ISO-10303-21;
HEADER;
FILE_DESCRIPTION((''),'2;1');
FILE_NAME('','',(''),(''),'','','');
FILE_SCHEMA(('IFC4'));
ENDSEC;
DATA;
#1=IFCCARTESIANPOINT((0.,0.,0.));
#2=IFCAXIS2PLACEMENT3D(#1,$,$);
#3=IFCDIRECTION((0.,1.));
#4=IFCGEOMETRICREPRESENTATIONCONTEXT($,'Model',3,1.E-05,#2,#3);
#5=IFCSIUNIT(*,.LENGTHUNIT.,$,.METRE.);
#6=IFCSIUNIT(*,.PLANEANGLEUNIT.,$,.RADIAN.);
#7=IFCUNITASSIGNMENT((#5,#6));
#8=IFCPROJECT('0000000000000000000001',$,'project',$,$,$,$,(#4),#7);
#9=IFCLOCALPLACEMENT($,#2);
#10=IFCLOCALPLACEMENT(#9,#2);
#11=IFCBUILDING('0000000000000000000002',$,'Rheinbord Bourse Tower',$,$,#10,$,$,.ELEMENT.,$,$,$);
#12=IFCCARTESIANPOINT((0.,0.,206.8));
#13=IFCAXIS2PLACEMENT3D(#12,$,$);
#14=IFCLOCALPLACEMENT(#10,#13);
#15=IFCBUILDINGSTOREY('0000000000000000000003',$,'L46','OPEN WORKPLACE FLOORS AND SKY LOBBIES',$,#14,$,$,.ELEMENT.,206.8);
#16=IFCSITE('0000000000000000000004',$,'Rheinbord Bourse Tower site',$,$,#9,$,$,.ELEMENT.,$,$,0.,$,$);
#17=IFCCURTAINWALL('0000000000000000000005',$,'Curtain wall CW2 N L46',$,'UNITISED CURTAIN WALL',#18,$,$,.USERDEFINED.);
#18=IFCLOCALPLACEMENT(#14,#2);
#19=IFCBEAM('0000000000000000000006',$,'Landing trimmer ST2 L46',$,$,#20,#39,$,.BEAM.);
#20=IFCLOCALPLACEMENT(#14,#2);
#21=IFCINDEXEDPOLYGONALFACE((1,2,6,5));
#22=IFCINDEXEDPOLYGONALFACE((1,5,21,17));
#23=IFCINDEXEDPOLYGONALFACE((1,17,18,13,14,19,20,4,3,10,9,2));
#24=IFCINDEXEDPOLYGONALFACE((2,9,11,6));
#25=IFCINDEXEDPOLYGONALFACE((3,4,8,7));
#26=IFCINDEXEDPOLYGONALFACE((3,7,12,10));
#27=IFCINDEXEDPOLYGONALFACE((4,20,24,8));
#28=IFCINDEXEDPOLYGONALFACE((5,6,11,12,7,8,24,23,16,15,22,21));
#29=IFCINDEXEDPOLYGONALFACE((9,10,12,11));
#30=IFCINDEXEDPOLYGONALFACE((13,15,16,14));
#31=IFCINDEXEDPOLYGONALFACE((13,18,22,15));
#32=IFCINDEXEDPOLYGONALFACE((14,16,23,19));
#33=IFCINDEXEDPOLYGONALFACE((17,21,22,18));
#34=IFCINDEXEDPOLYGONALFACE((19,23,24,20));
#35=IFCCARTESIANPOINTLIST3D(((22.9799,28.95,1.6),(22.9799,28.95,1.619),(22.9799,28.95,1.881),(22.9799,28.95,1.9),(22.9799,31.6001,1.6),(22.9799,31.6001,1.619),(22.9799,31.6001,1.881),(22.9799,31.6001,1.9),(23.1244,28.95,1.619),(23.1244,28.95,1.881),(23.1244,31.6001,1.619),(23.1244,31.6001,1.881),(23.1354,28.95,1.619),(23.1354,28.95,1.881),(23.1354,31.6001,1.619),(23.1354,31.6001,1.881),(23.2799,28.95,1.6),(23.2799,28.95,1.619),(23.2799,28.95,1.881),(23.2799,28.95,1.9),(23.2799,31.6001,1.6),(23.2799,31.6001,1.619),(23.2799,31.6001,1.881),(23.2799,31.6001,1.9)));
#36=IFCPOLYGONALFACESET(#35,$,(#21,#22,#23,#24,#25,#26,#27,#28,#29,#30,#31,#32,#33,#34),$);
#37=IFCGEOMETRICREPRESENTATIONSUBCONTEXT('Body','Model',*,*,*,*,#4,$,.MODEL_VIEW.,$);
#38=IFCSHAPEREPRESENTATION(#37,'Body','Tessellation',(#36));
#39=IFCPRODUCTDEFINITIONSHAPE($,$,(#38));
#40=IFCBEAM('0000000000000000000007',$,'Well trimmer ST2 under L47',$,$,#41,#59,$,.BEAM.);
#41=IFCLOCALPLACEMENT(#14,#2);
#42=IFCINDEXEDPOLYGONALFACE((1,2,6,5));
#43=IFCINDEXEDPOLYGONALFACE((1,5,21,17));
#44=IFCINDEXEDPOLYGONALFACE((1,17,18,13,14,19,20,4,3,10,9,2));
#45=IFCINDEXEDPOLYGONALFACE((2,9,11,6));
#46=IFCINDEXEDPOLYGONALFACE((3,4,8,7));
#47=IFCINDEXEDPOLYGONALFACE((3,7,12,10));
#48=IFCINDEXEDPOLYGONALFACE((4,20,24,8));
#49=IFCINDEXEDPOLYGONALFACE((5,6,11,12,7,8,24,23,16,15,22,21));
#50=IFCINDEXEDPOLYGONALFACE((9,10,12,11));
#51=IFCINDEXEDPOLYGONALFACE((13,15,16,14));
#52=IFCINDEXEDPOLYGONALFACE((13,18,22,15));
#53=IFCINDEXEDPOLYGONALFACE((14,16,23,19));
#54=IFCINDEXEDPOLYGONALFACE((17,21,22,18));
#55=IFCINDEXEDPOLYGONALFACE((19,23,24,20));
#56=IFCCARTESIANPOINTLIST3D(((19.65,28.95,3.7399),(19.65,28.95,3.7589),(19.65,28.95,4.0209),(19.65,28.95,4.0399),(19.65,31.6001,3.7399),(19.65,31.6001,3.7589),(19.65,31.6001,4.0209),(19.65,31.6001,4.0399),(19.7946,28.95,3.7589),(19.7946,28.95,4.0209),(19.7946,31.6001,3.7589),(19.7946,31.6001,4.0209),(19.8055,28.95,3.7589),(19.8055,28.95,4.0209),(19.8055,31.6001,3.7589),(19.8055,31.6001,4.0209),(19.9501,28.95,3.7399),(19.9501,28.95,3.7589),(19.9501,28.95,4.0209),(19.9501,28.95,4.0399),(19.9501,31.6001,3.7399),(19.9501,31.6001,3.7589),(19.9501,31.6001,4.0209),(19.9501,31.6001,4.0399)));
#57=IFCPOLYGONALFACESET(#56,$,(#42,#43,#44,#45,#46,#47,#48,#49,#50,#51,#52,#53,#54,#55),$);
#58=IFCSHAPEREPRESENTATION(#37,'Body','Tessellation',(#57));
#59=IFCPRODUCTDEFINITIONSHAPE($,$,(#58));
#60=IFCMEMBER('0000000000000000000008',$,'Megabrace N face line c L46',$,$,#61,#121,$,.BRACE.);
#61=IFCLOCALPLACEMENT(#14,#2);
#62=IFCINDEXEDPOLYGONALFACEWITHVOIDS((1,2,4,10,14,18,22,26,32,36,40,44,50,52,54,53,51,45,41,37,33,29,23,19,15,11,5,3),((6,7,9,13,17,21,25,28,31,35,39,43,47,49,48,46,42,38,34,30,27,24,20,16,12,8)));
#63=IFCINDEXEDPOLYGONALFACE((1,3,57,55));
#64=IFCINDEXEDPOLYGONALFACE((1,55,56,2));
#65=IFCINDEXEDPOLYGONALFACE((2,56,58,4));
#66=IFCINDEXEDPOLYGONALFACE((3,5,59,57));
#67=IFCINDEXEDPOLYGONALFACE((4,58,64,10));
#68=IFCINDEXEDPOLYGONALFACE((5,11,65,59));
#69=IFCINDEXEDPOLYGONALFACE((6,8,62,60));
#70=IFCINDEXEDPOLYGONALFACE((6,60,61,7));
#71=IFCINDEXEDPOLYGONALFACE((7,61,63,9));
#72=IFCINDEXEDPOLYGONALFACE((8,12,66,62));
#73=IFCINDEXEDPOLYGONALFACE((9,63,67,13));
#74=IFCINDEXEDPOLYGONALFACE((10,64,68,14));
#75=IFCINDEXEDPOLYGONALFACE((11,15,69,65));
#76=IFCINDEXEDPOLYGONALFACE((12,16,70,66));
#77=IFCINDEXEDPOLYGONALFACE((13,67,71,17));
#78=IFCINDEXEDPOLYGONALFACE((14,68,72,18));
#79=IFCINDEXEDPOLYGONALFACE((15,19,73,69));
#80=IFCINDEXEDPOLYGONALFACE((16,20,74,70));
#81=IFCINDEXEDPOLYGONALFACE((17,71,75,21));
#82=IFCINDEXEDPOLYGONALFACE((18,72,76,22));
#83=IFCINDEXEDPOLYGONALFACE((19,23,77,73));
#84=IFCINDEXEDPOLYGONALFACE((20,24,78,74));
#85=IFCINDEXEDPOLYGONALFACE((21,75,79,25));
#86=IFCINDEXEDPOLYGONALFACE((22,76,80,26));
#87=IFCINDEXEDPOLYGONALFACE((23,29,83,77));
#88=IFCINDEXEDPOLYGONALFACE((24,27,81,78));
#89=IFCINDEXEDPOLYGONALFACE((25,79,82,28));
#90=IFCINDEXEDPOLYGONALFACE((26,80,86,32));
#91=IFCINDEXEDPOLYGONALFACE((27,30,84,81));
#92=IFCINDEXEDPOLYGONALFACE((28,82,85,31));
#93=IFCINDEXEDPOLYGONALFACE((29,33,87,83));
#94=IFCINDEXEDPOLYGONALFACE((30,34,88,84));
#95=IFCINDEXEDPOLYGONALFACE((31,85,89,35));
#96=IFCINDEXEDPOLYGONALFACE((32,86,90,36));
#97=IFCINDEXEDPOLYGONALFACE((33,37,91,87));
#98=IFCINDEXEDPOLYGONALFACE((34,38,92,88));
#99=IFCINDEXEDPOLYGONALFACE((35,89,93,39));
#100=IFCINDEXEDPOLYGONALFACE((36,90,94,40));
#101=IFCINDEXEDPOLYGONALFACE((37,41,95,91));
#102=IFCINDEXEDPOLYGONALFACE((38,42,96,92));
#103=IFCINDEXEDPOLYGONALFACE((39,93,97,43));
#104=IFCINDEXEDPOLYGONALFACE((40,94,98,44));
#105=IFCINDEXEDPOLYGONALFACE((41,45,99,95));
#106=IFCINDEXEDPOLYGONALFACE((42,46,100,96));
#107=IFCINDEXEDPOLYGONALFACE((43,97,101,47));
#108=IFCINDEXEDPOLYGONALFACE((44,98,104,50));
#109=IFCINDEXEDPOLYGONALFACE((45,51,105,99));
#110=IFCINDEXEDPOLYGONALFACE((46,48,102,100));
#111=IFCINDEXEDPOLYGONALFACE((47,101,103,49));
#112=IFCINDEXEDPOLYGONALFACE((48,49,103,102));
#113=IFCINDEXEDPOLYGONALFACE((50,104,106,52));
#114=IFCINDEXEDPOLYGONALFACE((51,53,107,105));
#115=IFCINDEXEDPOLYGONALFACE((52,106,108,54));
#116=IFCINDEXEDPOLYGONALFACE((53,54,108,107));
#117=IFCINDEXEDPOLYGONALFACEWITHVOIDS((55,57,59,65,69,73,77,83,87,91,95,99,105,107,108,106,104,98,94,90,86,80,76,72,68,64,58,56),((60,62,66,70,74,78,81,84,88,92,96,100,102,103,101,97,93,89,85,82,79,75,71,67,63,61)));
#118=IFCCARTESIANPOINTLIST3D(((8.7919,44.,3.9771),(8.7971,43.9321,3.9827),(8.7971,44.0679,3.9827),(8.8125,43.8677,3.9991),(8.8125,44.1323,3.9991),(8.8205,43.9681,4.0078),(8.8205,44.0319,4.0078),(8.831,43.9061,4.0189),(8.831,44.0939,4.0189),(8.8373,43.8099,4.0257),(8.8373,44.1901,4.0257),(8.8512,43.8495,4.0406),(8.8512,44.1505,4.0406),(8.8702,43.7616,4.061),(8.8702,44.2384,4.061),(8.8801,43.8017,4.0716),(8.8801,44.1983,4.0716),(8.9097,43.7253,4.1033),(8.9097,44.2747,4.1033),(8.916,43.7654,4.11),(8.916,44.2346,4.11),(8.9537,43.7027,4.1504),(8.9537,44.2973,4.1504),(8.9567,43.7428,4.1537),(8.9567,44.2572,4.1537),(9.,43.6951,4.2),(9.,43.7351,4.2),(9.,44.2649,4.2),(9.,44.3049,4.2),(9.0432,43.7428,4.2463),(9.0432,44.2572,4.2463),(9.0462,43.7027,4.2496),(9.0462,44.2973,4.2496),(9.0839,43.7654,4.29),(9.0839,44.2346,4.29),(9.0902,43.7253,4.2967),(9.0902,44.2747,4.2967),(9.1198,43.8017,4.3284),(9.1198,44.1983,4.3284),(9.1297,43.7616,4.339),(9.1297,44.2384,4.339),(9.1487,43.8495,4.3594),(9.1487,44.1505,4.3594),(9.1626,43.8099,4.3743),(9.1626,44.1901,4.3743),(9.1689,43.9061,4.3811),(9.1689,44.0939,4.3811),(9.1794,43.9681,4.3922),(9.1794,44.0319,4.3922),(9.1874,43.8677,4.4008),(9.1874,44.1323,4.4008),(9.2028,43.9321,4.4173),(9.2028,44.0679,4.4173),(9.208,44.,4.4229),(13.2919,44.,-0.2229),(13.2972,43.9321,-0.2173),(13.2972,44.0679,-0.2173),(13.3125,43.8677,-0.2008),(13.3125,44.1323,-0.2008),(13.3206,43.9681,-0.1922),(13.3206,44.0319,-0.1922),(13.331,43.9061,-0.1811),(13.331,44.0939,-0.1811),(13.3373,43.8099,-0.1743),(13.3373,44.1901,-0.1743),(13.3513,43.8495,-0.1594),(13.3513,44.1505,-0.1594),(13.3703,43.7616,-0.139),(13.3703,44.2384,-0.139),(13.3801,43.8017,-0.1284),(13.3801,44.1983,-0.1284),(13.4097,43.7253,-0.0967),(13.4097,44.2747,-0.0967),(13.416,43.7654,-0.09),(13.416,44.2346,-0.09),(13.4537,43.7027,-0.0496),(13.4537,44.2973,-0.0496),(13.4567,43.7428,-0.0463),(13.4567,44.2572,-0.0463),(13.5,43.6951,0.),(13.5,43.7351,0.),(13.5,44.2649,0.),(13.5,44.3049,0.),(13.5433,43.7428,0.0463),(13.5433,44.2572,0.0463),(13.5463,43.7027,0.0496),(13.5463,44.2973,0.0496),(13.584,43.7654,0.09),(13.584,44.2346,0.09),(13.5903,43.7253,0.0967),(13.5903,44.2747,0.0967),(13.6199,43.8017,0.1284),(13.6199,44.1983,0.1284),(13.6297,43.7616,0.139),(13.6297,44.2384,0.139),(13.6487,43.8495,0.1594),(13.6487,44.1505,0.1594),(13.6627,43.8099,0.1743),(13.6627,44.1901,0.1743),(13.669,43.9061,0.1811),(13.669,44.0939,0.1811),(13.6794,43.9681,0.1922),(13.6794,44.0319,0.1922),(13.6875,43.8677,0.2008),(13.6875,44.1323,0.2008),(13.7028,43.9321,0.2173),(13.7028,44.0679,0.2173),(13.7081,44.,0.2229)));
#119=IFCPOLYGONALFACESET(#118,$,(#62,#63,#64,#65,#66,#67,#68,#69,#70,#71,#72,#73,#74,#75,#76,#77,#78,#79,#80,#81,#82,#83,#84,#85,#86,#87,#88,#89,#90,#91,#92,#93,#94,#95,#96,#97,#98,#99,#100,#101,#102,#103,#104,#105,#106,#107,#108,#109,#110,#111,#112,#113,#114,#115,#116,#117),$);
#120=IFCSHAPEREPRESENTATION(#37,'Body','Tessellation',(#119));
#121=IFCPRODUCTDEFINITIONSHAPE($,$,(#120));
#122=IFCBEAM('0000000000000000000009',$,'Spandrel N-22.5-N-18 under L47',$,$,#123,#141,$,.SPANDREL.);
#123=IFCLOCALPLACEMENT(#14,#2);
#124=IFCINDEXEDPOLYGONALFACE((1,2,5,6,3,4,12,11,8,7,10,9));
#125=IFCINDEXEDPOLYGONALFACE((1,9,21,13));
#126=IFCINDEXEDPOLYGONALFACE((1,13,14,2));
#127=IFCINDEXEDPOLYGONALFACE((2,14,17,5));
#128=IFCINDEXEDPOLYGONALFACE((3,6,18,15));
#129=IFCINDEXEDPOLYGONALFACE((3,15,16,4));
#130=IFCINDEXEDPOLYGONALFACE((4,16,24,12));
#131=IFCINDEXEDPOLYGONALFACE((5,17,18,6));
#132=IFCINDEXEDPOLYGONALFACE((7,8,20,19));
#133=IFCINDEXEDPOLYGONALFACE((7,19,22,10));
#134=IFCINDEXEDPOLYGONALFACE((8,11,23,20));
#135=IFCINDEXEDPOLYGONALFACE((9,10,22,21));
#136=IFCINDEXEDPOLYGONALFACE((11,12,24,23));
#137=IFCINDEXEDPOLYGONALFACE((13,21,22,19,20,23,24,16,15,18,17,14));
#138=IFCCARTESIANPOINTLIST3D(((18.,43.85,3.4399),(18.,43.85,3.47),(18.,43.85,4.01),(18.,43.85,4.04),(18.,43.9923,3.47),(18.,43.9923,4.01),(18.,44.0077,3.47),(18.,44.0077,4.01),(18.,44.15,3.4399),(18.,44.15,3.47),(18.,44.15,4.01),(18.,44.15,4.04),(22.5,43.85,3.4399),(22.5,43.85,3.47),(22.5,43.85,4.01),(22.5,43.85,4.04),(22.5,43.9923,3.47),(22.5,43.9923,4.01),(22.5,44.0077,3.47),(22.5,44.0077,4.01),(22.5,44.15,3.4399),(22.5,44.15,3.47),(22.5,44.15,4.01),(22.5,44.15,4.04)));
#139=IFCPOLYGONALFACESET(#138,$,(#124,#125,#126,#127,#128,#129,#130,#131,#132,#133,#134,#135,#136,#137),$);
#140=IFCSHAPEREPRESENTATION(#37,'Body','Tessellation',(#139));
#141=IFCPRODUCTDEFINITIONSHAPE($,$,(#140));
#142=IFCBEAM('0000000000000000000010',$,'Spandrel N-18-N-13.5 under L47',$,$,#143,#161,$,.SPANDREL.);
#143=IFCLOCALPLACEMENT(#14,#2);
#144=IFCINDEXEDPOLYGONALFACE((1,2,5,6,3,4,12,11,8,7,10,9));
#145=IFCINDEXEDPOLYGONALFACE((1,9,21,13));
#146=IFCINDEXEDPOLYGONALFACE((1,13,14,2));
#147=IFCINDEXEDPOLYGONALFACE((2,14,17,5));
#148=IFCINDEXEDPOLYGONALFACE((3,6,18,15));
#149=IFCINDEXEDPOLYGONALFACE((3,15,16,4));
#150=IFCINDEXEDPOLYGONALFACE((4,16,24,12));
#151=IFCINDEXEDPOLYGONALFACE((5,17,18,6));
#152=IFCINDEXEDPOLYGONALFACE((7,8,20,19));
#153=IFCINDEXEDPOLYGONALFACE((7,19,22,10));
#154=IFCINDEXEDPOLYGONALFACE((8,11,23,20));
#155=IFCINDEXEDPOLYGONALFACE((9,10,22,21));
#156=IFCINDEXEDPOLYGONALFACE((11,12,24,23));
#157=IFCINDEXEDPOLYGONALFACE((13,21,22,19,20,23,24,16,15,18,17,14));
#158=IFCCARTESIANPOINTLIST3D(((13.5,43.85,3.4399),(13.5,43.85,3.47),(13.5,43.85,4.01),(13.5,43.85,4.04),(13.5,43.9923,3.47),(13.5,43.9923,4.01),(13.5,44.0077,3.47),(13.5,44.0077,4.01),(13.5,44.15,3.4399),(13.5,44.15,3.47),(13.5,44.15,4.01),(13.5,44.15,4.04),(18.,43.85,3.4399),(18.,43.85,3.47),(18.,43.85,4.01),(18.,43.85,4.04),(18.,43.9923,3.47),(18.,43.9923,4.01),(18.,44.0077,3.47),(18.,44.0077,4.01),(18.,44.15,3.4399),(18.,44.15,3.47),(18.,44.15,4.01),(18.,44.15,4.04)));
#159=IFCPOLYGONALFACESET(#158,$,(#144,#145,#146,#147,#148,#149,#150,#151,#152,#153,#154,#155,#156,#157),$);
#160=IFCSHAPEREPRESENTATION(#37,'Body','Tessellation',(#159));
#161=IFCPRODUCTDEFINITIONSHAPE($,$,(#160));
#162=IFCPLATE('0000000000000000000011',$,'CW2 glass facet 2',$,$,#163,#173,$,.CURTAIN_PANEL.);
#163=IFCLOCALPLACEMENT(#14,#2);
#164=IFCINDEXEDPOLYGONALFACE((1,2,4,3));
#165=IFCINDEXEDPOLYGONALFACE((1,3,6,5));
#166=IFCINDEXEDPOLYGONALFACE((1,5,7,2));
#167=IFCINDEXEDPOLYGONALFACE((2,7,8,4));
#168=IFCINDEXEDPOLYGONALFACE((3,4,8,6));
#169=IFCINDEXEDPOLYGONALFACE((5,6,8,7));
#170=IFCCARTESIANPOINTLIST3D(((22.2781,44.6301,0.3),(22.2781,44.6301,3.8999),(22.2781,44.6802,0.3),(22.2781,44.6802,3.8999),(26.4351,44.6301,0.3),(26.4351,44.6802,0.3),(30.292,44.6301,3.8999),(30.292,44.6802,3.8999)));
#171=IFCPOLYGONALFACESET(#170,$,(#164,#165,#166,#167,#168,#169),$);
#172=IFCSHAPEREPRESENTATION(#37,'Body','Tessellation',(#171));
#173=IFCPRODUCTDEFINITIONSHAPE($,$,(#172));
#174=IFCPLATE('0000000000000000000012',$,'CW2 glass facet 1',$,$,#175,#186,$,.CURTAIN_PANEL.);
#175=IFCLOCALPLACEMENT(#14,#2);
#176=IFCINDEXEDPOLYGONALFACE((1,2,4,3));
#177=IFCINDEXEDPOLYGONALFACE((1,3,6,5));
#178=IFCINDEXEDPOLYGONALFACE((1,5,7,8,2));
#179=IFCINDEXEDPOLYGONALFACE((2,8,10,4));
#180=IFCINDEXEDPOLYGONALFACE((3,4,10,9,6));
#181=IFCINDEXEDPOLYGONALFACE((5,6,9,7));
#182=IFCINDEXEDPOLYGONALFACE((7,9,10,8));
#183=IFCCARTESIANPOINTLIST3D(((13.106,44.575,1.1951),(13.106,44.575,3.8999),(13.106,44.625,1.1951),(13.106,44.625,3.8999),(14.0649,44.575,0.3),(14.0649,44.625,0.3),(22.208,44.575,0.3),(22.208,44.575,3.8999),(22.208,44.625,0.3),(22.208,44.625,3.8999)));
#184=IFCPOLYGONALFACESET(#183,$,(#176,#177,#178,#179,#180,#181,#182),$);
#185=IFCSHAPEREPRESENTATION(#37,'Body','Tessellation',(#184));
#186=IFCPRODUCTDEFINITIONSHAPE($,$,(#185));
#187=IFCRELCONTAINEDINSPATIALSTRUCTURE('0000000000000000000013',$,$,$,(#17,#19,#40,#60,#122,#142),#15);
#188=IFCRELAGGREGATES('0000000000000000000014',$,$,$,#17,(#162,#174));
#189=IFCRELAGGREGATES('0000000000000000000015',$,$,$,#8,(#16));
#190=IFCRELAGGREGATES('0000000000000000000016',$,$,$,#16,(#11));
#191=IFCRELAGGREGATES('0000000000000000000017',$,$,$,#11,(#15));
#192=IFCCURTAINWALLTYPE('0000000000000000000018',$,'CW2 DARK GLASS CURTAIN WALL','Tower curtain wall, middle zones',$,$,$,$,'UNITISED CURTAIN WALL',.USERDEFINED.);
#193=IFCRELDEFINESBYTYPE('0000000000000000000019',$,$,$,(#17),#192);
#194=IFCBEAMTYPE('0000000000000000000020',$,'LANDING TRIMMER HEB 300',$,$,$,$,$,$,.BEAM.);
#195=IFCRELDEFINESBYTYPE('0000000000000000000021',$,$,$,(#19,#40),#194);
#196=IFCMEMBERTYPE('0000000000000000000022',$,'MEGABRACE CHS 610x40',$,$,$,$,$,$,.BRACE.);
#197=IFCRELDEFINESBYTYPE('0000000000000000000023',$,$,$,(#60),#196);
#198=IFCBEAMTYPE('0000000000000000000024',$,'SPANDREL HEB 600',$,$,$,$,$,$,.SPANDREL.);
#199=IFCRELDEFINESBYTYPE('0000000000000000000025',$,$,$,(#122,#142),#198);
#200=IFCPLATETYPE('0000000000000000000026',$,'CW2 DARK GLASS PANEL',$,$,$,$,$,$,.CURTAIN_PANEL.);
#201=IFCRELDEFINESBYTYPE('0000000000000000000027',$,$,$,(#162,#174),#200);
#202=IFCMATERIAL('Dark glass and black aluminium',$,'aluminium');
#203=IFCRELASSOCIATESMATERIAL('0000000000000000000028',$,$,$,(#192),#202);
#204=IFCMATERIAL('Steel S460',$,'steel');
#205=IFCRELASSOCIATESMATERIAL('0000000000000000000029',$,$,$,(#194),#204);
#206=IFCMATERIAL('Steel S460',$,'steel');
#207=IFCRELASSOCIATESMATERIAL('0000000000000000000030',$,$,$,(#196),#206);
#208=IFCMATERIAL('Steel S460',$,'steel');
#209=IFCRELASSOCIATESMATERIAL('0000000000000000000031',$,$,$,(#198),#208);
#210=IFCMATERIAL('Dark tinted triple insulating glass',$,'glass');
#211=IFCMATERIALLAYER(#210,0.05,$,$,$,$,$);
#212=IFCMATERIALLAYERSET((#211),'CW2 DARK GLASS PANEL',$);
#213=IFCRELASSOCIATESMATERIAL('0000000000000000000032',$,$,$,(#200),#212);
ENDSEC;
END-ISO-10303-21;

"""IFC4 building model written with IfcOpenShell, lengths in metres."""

from ifc_helpers import new_model, si_unit, direction, frame, origin, origin_2d, place, context, subcontext, project, spatial, polyline, hollow_circle, i_section, outline, extrude, material, layer, layer_set, material_profile, profile_set, type_object, element, aggregate, save


model = new_model("IFC4")

# Units and contexts
model_context = context("Model", 3, precision=1e-05, world=origin(), true_north=direction((0.0, 1.0)))
body_context = subcontext(model_context, "Body", "Model", "MODEL_VIEW")
ifc_project = project(units=[si_unit("LENGTHUNIT", "METRE"), si_unit("PLANEANGLEUNIT", "RADIAN")], contexts=[model_context])

# Site, building, storey
site_placement = place(None, origin())
site = spatial("IfcSite", under=ifc_project, at=site_placement, Name="Rheinbord Bourse Tower site", CompositionType="ELEMENT", RefElevation=0.0)
building_placement = place(site_placement, origin())
building = spatial("IfcBuilding", under=site, at=building_placement, Name="Rheinbord Bourse Tower", CompositionType="ELEMENT")
storey_placement = place(building_placement, frame((0.0, 0.0, 206.8)))
storey = spatial("IfcBuildingStorey", under=building, at=storey_placement, Name="L46", Description="OPEN WORKPLACE FLOORS AND SKY LOBBIES", CompositionType="ELEMENT", Elevation=206.8)

# Curtain wall
ifc_material_1 = material(Name="Dark glass and black aluminium", Category="aluminium")
curtain_wall_type = type_object("IfcCurtainWallType", Name="CW2 DARK GLASS CURTAIN WALL", Description="Tower curtain wall, middle zones", ElementType="UNITISED CURTAIN WALL", PredefinedType="USERDEFINED", material=ifc_material_1)
curtain_wall_placement = place(storey_placement, origin())
curtain_wall = element("IfcCurtainWall", 1, at=curtain_wall_placement, inside=storey, type_object=curtain_wall_type, Name="Curtain wall CW2 N L46", ObjectType="UNITISED CURTAIN WALL", PredefinedType="USERDEFINED")

# Beams
ifc_material_2 = material(Name="Steel S460", Category="steel")
ifc_material_profile_1 = material_profile(ifc_material_2, i_section(OverallWidth=0.3, OverallDepth=0.3, WebThickness=0.011, FlangeThickness=0.019, at=origin_2d()), Name="HEB 300")
ifc_profile_set_1 = profile_set([ifc_material_profile_1], Name="Steel S460")
beam_type_1 = type_object("IfcBeamType", Name="LANDING TRIMMER HEB 300", PredefinedType="BEAM", material=ifc_profile_set_1)
for number, where, z_axis, x_axis, name in (
    (2, (23.1299, 28.95, 1.75), (0.0, 1.0, 0.0), (-1.0, 0.0, 0.0), "Landing trimmer ST2 L46"),
    (3, (19.8, 28.95, 3.8899), (0.0, 1.0, 0.0), (-1.0, 0.0, 0.0), "Well trimmer ST2 under L47"),
):
    element("IfcBeam", number, at=place(storey_placement, frame(where, z_axis=z_axis, x_axis=x_axis)), inside=storey, type_object=beam_type_1, Name=name, PredefinedType="BEAM", context=body_context, shape_type="SweptSolid", body=[
        extrude(i_section(OverallWidth=0.3, OverallDepth=0.3, WebThickness=0.011, FlangeThickness=0.019, at=origin_2d()), origin(), (0.0, 0.0, 1.0), 2.6501),
    ])

# Member
ifc_material_3 = material(Name="Steel S460", Category="steel")
ifc_material_profile_2 = material_profile(ifc_material_3, hollow_circle(Radius=0.3049, WallThickness=0.04, at=origin_2d()), Name="CHS 610x40")
ifc_profile_set_2 = profile_set([ifc_material_profile_2], Name="Steel S460")
member_type_1 = type_object("IfcMemberType", Name="MEGABRACE CHS 610x40", PredefinedType="BRACE", material=ifc_profile_set_2)
member_1_placement = place(storey_placement, frame((13.5, 44.0, 0.0), z_axis=(-0.731059, 0.0, 0.682314), x_axis=(0.0, -1.0, 0.0)))
element("IfcMember", 4, at=member_1_placement, inside=storey, type_object=member_type_1, Name="Megabrace N face line c L46", PredefinedType="BRACE", context=body_context, shape_type="SweptSolid", body=[
    extrude(hollow_circle(Radius=0.3049, WallThickness=0.04, at=origin_2d()), origin(), (0.0, 0.0, 1.0), 6.1555),
])

# Beams
ifc_material_4 = material(Name="Steel S460", Category="steel")
ifc_material_profile_3 = material_profile(ifc_material_4, i_section(OverallWidth=0.3, OverallDepth=0.6001, WebThickness=0.0154, FlangeThickness=0.03, at=origin_2d()), Name="HEB 600")
ifc_profile_set_3 = profile_set([ifc_material_profile_3], Name="Steel S460")
beam_type_2 = type_object("IfcBeamType", Name="SPANDREL HEB 600", PredefinedType="SPANDREL", material=ifc_profile_set_3)
for number, where, z_axis, x_axis, name in (
    (5, (22.5, 44.0, 3.74), (-1.0, 0.0, 0.0), (0.0, -1.0, 0.0), "Spandrel N-22.5-N-18 under L47"),
    (6, (18.0, 44.0, 3.74), (-1.0, 0.0, 0.0), (0.0, -1.0, 0.0), "Spandrel N-18-N-13.5 under L47"),
):
    element("IfcBeam", number, at=place(storey_placement, frame(where, z_axis=z_axis, x_axis=x_axis)), inside=storey, type_object=beam_type_2, Name=name, PredefinedType="SPANDREL", context=body_context, shape_type="SweptSolid", body=[
        extrude(i_section(OverallWidth=0.3, OverallDepth=0.6001, WebThickness=0.0154, FlangeThickness=0.03, at=origin_2d()), origin(), (0.0, 0.0, 1.0), 4.5),
    ])

# Plates
ifc_material_5 = material(Name="Dark tinted triple insulating glass", Category="glass")
ifc_layer_1 = layer(ifc_material_5, 0.05)
ifc_layer_set_1 = layer_set([ifc_layer_1], Name="CW2 DARK GLASS PANEL")
plate_type = type_object("IfcPlateType", Name="CW2 DARK GLASS PANEL", PredefinedType="CURTAIN_PANEL", material=ifc_layer_set_1)
plate_1_placement = place(storey_placement, frame((22.2781, 44.6802, 3.8999), z_axis=(0.0, -1.0, 0.0), x_axis=(0.0, 0.0, -1.0)))
plate_1 = element("IfcPlate", 7, at=plate_1_placement, type_object=plate_type, Name="CW2 glass facet 2", PredefinedType="CURTAIN_PANEL", context=body_context, shape_type="SweptSolid", body=[
    extrude(outline(polyline([(0.0, 0.0), (3.5999, 0.0), (3.5999, 4.157), (0.0, 8.0139), (0.0, 0.0)])), origin(), (0.0, 0.0, 1.0), 0.05),
])
plate_2_placement = place(storey_placement, frame((22.208, 44.625, 0.3), z_axis=(0.0, -1.0, 0.0), x_axis=(0.0, 0.0, 1.0)))
plate_2 = element("IfcPlate", 8, at=plate_2_placement, type_object=plate_type, Name="CW2 glass facet 1", PredefinedType="CURTAIN_PANEL", context=body_context, shape_type="SweptSolid", body=[
    extrude(outline(polyline([(0.0, 0.0), (3.5999, 0.0), (3.5999, 9.1021), (0.895, 9.1021), (0.0, 8.1431), (0.0, 0.0)])), origin(), (0.0, 0.0, 1.0), 0.05),
])
aggregate(curtain_wall, [plate_1, plate_2])

save(model, "model.ifc")
